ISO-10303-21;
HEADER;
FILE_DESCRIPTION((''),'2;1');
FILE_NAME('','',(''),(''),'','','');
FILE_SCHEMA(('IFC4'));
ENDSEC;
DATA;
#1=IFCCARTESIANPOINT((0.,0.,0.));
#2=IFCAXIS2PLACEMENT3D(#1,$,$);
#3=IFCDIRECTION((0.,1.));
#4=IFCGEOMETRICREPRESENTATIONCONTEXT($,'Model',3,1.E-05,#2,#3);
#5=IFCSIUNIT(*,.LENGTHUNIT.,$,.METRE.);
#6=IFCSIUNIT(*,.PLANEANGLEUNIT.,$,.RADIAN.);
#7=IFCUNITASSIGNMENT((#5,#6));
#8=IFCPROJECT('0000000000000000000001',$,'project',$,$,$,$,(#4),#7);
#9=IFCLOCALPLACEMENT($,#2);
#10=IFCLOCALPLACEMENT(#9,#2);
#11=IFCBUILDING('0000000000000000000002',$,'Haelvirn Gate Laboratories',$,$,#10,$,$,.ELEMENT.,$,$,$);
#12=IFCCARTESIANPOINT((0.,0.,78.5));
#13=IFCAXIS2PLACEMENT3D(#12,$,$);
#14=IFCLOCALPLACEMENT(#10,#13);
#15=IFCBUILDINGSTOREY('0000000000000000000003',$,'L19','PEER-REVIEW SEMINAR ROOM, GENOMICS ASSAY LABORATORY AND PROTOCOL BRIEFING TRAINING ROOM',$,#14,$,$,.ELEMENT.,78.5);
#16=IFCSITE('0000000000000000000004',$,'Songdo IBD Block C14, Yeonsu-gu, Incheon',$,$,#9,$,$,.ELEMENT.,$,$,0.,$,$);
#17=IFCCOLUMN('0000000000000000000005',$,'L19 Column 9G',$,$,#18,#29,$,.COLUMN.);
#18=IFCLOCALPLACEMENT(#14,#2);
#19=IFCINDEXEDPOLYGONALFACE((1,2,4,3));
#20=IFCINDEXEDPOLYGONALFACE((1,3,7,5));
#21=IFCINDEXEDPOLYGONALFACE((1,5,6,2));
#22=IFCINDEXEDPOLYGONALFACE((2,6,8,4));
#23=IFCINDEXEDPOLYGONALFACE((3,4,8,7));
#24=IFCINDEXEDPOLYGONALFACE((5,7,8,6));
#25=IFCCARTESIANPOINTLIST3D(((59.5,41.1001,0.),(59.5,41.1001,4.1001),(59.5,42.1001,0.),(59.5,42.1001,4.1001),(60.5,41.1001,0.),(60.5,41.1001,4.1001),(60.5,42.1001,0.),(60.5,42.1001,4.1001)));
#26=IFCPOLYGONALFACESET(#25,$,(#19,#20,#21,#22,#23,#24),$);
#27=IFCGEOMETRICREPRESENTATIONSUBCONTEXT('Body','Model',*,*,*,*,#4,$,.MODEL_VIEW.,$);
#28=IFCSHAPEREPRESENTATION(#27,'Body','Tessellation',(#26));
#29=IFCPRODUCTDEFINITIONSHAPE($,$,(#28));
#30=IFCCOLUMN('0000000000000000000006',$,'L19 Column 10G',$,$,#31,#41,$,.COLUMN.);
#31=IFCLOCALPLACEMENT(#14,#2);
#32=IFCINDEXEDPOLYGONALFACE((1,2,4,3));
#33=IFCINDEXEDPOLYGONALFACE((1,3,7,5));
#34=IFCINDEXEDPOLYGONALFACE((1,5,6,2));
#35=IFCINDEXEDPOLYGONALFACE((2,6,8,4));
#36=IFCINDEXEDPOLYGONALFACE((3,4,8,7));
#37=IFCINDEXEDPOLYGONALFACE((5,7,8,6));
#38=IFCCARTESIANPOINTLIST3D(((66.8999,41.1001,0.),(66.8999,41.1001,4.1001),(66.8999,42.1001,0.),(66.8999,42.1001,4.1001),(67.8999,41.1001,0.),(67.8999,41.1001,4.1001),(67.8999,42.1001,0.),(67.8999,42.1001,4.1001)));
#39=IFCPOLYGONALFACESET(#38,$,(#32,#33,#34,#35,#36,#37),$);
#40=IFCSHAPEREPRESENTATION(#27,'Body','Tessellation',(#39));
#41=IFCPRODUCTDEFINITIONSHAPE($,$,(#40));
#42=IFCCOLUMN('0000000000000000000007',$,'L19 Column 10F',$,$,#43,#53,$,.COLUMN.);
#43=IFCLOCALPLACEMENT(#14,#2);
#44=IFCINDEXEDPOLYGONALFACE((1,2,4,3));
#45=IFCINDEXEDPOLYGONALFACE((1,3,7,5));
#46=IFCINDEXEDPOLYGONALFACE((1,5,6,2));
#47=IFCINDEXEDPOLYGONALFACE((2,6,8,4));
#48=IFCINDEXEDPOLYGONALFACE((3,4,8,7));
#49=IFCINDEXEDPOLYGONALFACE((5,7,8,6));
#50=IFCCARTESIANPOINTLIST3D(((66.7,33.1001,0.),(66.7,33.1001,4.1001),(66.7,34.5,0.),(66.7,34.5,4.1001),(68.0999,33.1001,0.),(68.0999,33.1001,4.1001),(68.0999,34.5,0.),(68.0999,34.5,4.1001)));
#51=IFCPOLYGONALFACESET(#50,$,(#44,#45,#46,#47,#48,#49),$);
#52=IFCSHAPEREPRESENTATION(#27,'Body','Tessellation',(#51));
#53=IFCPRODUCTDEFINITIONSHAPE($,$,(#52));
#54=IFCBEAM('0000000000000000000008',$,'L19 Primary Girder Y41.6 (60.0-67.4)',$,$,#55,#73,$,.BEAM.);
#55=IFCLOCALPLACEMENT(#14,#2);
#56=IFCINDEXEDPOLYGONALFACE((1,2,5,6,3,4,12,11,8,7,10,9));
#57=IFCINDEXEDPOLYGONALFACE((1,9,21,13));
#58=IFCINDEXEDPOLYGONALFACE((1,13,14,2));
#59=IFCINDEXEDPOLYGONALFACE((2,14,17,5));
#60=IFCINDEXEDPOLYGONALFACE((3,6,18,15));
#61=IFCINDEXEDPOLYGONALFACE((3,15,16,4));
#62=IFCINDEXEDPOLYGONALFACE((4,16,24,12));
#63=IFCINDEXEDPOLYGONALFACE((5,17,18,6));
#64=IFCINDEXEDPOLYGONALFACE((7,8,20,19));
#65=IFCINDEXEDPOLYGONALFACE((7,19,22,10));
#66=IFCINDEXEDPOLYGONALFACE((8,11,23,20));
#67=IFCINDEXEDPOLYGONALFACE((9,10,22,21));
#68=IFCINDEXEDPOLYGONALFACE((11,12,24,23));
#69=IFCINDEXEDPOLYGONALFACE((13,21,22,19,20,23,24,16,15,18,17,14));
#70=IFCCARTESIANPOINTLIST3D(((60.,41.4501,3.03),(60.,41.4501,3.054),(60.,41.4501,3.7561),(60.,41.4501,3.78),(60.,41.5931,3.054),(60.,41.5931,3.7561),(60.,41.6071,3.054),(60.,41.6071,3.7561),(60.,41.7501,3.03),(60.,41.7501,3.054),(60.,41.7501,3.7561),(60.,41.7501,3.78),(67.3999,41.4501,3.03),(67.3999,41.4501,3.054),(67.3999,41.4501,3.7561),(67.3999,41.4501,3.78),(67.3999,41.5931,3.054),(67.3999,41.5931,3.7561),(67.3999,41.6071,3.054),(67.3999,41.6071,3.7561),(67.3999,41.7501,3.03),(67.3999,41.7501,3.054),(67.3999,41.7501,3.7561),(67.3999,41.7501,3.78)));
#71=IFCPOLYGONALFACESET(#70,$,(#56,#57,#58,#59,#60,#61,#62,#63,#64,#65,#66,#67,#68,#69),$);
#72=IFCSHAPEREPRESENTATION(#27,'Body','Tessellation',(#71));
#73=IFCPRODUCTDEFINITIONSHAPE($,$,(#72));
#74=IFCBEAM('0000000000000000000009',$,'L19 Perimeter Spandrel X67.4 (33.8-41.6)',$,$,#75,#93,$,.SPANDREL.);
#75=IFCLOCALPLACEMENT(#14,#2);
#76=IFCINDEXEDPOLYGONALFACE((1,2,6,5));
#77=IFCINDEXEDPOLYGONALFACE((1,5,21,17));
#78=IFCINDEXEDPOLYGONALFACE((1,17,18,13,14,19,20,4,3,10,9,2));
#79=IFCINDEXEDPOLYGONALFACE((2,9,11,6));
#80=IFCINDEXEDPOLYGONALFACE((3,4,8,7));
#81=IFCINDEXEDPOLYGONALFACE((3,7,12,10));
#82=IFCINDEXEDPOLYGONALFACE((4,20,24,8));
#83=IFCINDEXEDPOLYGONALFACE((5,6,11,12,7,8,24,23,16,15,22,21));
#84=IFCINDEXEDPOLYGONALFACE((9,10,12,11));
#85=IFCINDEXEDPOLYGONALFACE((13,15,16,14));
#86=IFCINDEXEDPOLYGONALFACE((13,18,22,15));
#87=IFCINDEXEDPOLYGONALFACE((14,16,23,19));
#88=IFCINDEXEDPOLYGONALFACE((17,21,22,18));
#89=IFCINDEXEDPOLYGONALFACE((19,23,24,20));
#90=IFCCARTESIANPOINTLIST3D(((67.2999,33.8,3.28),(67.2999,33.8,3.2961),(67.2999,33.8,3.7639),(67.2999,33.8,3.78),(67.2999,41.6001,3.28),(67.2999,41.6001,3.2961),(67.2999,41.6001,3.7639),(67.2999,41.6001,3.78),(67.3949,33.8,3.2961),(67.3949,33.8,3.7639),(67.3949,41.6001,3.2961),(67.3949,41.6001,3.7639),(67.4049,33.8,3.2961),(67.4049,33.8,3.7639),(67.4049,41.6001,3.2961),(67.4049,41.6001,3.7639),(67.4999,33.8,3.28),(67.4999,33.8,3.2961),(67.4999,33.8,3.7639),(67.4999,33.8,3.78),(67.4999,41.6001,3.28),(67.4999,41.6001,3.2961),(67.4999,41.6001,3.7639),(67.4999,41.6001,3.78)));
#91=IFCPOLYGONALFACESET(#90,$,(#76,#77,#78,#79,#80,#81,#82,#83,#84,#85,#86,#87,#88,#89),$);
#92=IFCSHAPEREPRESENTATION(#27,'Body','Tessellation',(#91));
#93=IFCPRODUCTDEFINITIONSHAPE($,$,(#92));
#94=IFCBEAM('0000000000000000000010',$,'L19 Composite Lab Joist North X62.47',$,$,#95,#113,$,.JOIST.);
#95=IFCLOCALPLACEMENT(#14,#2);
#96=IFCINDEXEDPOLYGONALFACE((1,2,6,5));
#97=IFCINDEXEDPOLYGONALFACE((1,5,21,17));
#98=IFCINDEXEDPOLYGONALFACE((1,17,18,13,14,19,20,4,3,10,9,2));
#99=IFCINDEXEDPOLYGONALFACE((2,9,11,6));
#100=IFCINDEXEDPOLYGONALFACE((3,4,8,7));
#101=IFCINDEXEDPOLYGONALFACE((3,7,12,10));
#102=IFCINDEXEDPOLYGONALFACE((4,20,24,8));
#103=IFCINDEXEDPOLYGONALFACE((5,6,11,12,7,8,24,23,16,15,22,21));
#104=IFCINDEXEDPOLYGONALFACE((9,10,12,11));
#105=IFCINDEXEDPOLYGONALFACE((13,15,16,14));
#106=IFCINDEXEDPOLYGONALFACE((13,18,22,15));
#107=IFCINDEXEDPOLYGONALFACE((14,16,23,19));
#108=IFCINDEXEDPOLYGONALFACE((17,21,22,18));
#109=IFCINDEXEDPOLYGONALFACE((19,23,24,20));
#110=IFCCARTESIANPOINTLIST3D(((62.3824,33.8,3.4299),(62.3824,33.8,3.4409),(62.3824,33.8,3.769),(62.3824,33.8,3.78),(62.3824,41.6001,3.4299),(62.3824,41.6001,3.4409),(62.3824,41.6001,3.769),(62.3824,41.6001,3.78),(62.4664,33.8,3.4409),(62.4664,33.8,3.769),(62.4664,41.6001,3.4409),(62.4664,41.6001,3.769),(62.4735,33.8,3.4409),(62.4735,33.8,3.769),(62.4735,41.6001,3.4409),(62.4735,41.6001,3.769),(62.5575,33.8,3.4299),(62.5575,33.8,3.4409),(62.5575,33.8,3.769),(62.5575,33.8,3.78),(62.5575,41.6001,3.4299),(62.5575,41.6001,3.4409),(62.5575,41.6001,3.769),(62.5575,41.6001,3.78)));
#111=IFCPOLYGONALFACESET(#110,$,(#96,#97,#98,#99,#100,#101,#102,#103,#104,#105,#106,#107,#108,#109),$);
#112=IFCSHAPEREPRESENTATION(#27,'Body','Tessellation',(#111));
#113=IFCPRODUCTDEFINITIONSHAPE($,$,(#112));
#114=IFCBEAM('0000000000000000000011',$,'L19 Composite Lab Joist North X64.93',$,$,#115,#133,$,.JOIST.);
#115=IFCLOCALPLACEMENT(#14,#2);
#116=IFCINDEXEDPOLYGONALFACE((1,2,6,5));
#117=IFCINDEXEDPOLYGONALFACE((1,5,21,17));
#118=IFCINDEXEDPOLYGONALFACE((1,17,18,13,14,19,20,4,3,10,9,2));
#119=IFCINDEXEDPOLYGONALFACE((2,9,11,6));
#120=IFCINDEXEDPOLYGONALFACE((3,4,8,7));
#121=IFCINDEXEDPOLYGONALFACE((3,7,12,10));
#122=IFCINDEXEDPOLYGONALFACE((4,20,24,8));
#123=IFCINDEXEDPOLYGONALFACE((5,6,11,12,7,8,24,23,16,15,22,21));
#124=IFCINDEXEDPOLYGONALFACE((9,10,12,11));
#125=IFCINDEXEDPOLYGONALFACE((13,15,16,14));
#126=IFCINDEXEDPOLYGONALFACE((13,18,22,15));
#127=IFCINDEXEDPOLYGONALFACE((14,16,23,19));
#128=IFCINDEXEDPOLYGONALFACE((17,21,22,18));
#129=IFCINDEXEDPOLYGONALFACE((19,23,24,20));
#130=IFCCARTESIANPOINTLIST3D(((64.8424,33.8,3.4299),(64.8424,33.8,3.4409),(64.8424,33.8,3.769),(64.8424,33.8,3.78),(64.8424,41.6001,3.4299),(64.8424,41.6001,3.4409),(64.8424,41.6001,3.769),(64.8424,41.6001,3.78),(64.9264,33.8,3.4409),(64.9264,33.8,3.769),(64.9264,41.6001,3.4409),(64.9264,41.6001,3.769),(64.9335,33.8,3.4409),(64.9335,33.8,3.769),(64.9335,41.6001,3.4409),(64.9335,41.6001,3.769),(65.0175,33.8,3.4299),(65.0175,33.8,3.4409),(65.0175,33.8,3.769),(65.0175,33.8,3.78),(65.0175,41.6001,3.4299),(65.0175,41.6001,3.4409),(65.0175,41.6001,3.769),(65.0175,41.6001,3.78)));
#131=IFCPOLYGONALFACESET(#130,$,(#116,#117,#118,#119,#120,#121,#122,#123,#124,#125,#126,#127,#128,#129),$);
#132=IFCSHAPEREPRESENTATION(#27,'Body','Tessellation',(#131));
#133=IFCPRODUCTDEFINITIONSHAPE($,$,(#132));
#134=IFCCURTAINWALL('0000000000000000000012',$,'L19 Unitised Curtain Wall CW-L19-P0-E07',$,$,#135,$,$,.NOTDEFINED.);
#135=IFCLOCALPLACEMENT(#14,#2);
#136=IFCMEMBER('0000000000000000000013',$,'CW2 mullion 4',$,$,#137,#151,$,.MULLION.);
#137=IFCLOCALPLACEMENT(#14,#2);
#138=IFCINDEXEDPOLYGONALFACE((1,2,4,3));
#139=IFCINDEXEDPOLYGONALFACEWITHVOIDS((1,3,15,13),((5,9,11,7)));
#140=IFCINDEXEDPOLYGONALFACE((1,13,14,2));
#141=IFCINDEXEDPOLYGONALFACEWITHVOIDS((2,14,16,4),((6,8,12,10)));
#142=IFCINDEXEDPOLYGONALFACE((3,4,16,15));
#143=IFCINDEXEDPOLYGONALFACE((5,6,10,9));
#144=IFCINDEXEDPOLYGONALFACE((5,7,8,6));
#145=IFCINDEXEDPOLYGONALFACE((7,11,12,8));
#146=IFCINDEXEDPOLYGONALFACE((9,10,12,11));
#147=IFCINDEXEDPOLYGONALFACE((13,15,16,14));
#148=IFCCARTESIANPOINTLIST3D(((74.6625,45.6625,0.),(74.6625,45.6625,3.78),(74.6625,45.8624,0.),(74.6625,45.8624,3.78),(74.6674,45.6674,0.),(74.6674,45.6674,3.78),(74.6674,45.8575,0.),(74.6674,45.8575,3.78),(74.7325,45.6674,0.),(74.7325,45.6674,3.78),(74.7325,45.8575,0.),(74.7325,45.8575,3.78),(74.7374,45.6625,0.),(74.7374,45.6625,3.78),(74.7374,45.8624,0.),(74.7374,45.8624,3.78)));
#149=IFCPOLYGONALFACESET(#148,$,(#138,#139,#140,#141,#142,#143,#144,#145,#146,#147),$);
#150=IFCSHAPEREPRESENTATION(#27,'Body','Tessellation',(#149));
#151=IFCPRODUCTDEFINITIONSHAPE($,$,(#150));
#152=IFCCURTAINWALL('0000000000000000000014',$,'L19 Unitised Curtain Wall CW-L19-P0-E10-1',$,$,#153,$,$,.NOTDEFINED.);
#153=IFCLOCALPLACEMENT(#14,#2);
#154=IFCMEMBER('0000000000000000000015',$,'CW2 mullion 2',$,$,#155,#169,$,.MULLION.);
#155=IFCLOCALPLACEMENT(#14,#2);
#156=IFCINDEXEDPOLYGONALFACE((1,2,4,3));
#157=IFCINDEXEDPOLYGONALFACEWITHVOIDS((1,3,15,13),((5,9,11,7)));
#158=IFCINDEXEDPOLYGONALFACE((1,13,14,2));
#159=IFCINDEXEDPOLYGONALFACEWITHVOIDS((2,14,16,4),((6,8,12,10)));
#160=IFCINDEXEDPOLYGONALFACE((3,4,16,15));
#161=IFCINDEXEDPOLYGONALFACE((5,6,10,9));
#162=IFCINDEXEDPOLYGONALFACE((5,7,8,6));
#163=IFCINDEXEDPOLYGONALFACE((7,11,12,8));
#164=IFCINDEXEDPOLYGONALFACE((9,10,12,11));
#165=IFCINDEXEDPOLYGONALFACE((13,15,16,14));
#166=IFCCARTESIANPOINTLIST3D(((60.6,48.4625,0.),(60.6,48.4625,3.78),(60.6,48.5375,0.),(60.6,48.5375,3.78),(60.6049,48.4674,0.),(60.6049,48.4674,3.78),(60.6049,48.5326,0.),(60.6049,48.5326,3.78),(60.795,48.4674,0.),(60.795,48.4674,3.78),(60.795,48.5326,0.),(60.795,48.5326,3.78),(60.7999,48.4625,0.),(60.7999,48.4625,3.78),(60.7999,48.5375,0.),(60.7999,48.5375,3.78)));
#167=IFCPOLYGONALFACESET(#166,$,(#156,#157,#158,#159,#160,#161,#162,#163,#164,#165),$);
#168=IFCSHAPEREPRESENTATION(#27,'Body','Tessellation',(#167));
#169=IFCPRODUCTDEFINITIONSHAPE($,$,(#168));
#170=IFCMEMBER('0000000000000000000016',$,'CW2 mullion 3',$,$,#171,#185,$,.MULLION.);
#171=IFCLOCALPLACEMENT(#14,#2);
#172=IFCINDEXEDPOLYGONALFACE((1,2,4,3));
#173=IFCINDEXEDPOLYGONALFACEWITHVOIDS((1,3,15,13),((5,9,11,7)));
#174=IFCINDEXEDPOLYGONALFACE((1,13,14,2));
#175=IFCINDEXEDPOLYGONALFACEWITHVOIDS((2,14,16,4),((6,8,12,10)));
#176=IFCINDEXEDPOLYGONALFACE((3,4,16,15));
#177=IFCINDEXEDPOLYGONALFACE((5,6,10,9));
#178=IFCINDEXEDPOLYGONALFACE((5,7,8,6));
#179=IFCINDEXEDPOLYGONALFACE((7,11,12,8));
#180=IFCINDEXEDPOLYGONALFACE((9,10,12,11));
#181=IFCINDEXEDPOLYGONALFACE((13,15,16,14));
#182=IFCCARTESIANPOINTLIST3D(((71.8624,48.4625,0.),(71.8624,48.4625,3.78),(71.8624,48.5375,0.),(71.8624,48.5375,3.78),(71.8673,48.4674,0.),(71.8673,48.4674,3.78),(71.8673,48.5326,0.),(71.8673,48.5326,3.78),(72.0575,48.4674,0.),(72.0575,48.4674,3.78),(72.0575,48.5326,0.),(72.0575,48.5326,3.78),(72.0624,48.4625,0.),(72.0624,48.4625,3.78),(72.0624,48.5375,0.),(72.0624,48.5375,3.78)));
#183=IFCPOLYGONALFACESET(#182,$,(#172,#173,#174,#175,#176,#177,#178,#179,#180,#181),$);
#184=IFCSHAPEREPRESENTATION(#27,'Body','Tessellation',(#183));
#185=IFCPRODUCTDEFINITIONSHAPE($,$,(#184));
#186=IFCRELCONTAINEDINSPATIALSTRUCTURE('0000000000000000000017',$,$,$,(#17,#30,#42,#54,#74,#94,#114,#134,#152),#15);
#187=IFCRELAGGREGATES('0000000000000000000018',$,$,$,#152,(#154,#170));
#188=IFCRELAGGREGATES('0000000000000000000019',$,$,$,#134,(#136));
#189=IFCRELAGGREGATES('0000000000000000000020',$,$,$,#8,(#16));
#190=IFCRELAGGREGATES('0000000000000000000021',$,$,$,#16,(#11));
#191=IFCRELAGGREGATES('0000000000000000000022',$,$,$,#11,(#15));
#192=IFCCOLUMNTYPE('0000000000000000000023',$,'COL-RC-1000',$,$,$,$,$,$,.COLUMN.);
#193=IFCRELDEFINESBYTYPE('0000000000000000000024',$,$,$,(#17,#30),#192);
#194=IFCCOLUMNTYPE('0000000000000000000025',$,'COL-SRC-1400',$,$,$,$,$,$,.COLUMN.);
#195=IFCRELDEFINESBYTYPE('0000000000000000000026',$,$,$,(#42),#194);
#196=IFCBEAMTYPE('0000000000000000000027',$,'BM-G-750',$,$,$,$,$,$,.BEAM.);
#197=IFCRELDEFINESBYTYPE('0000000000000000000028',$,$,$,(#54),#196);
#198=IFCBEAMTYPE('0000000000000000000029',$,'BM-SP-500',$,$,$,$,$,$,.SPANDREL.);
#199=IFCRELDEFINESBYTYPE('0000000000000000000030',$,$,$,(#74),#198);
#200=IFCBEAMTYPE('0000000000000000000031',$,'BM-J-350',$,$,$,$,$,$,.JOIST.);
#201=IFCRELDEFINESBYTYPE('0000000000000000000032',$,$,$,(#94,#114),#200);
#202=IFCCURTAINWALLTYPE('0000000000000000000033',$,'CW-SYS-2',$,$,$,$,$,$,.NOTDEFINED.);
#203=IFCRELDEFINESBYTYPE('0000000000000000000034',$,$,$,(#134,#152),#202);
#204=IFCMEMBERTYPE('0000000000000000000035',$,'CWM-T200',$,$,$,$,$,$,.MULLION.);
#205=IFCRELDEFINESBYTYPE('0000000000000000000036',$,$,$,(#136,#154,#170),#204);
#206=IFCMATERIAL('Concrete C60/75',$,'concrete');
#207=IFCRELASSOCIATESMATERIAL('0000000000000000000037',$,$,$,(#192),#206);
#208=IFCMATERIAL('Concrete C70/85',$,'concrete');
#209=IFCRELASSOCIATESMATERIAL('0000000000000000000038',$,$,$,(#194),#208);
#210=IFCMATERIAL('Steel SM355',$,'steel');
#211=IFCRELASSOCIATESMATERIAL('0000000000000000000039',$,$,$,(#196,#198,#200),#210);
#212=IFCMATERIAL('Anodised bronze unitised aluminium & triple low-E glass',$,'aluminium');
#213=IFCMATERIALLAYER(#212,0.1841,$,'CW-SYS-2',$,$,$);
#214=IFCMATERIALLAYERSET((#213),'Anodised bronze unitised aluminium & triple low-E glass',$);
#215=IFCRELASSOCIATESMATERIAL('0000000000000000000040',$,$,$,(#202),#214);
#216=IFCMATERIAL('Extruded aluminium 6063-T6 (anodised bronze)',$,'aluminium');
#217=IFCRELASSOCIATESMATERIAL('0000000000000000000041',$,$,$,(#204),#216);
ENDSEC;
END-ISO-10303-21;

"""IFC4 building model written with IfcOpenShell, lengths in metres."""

from ifc_helpers import new_model, si_unit, direction, frame, origin, origin_2d, place, context, subcontext, project, spatial, rectangle, hollow_rectangle, i_section, extrude, source, transform, mapped, material, layer, layer_set, material_profile, profile_set, type_object, type_shapes, element, aggregate, save


model = new_model("IFC4")

# Units and contexts
model_context = context("Model", 3, precision=1e-05, world=origin(), true_north=direction((0.0, 1.0)))
body_context = subcontext(model_context, "Body", "Model", "MODEL_VIEW")
ifc_project = project(units=[si_unit("LENGTHUNIT", "METRE"), si_unit("PLANEANGLEUNIT", "RADIAN")], contexts=[model_context])

# Site, building, storey
site_placement = place(None, origin())
site = spatial("IfcSite", under=ifc_project, at=site_placement, Name="Songdo IBD Block C14, Yeonsu-gu, Incheon", CompositionType="ELEMENT", RefElevation=0.0)
building_placement = place(site_placement, origin())
building = spatial("IfcBuilding", under=site, at=building_placement, Name="Haelvirn Gate Laboratories", CompositionType="ELEMENT")
storey_placement = place(building_placement, frame((0.0, 0.0, 78.5)))
storey = spatial("IfcBuildingStorey", under=building, at=storey_placement, Name="L19", Description="PEER-REVIEW SEMINAR ROOM, GENOMICS ASSAY LABORATORY AND PROTOCOL BRIEFING TRAINING ROOM", CompositionType="ELEMENT", Elevation=78.5)

# Columns
ifc_material_1 = material(Name="Concrete C60/75", Category="concrete")
ifc_material_profile_1 = material_profile(ifc_material_1, rectangle(XDim=1.0, YDim=1.0, at=origin_2d()), Name="RC-1000x1000")
ifc_profile_set_1 = profile_set([ifc_material_profile_1], Name="Concrete C60/75")
column_type_1 = type_object("IfcColumnType", Name="COL-RC-1000", PredefinedType="COLUMN", material=ifc_profile_set_1)
shared_shape_1 = source(origin(), body_context, "Body", "SweptSolid", [
    extrude(rectangle(XDim=1.0, YDim=1.0, at=origin_2d()), origin(), (0.0, 0.0, 1.0), 4.1001),
])
type_shapes(column_type_1, [shared_shape_1])
for number, where, z_axis, x_axis, name in (
    (1, (60.0, 41.6001, 0.0), (0.0, 0.0, 1.0), (1.0, 0.0, 0.0), "L19 Column 9G"),
    (2, (67.3999, 41.6001, 0.0), (0.0, 0.0, 1.0), (1.0, 0.0, 0.0), "L19 Column 10G"),
):
    element("IfcColumn", number, at=place(storey_placement, frame(where, z_axis=z_axis, x_axis=x_axis)), inside=storey, type_object=column_type_1, Name=name, PredefinedType="COLUMN", context=body_context, shape_type="MappedRepresentation", body=[
        mapped(shared_shape_1, transform((0.0, 0.0, 0.0), scale=1.0)),
    ])
ifc_material_2 = material(Name="Concrete C70/85", Category="concrete")
ifc_material_profile_2 = material_profile(ifc_material_2, rectangle(XDim=1.3999, YDim=1.3999, at=origin_2d()), Name="SRC-1400x1400")
ifc_profile_set_2 = profile_set([ifc_material_profile_2], Name="Concrete C70/85")
column_type_2 = type_object("IfcColumnType", Name="COL-SRC-1400", PredefinedType="COLUMN", material=ifc_profile_set_2)
shared_shape_2 = source(origin(), body_context, "Body", "SweptSolid", [
    extrude(rectangle(XDim=1.3999, YDim=1.3999, at=origin_2d()), origin(), (0.0, 0.0, 1.0), 4.1001),
])
type_shapes(column_type_2, [shared_shape_2])
column_placement = place(storey_placement, frame((67.3999, 33.8, 0.0), z_axis=(0.0, 0.0, 1.0), x_axis=(1.0, 0.0, 0.0)))
element("IfcColumn", 3, at=column_placement, inside=storey, type_object=column_type_2, Name="L19 Column 10F", PredefinedType="COLUMN", context=body_context, shape_type="MappedRepresentation", body=[
    mapped(shared_shape_2, transform((0.0, 0.0, 0.0), scale=1.0)),
])

# Beams
ifc_material_3 = material(Name="Steel SM355", Category="steel")
ifc_material_profile_3 = material_profile(ifc_material_3, i_section(OverallWidth=0.3, OverallDepth=0.75, WebThickness=0.0139, FlangeThickness=0.0239, at=origin_2d()), Name="H-750x300x14x24")
ifc_profile_set_3 = profile_set([ifc_material_profile_3], Name="Steel SM355")
beam_type_1 = type_object("IfcBeamType", Name="BM-G-750", PredefinedType="BEAM", material=ifc_profile_set_3)
shared_shape_3 = source(origin(), body_context, "Body", "SweptSolid", [
    extrude(i_section(OverallWidth=0.3, OverallDepth=0.75, WebThickness=0.0139, FlangeThickness=0.0239, at=origin_2d()), origin(), (0.0, 0.0, 1.0), 7.3999),
])
type_shapes(beam_type_1, [shared_shape_3])
beam_1_placement = place(storey_placement, frame((60.0, 41.6001, 3.405), z_axis=(1.0, 0.0, 0.0), x_axis=(0.0, 1.0, 0.0)))
element("IfcBeam", 4, at=beam_1_placement, inside=storey, type_object=beam_type_1, Name="L19 Primary Girder Y41.6 (60.0-67.4)", PredefinedType="BEAM", context=body_context, shape_type="MappedRepresentation", body=[
    mapped(shared_shape_3, transform((0.0, 0.0, 0.0), scale=1.0)),
])
ifc_material_profile_4 = material_profile(ifc_material_3, i_section(OverallWidth=0.2, OverallDepth=0.5, WebThickness=0.01, FlangeThickness=0.0161, at=origin_2d()), Name="H-500x200x10x16")
ifc_profile_set_4 = profile_set([ifc_material_profile_4], Name="Steel SM355")
beam_type_2 = type_object("IfcBeamType", Name="BM-SP-500", PredefinedType="SPANDREL", material=ifc_profile_set_4)
shared_shape_4 = source(origin(), body_context, "Body", "SweptSolid", [
    extrude(i_section(OverallWidth=0.2, OverallDepth=0.5, WebThickness=0.01, FlangeThickness=0.0161, at=origin_2d()), origin(), (0.0, 0.0, 1.0), 7.8),
])
type_shapes(beam_type_2, [shared_shape_4])
beam_2_placement = place(storey_placement, frame((67.3999, 33.8, 3.53), z_axis=(0.0, 1.0, 0.0), x_axis=(-1.0, 0.0, 0.0)))
element("IfcBeam", 5, at=beam_2_placement, inside=storey, type_object=beam_type_2, Name="L19 Perimeter Spandrel X67.4 (33.8-41.6)", PredefinedType="SPANDREL", context=body_context, shape_type="MappedRepresentation", body=[
    mapped(shared_shape_4, transform((0.0, 0.0, 0.0), scale=1.0)),
])
ifc_material_profile_5 = material_profile(ifc_material_3, i_section(OverallWidth=0.175, OverallDepth=0.3501, WebThickness=0.0071, FlangeThickness=0.011, at=origin_2d()), Name="H-350x175x7x11")
ifc_profile_set_5 = profile_set([ifc_material_profile_5], Name="Steel SM355")
beam_type_3 = type_object("IfcBeamType", Name="BM-J-350", PredefinedType="JOIST", material=ifc_profile_set_5)
shared_shape_5 = source(origin(), body_context, "Body", "SweptSolid", [
    extrude(i_section(OverallWidth=0.175, OverallDepth=0.3501, WebThickness=0.0071, FlangeThickness=0.011, at=origin_2d()), origin(), (0.0, 0.0, 1.0), 7.8),
])
type_shapes(beam_type_3, [shared_shape_5])
for number, where, z_axis, x_axis, name in (
    (6, (62.47, 33.8, 3.605), (0.0, 1.0, 0.0), (-1.0, 0.0, 0.0), "L19 Composite Lab Joist North X62.47"),
    (7, (64.9299, 33.8, 3.605), (0.0, 1.0, 0.0), (-1.0, 0.0, 0.0), "L19 Composite Lab Joist North X64.93"),
):
    element("IfcBeam", number, at=place(storey_placement, frame(where, z_axis=z_axis, x_axis=x_axis)), inside=storey, type_object=beam_type_3, Name=name, PredefinedType="JOIST", context=body_context, shape_type="MappedRepresentation", body=[
        mapped(shared_shape_5, transform((0.0, 0.0, 0.0), scale=1.0)),
    ])

# Curtain wall, member
ifc_material_4 = material(Name="Anodised bronze unitised aluminium & triple low-E glass", Category="aluminium")
ifc_layer_1 = layer(ifc_material_4, 0.1841, Name="CW-SYS-2")
ifc_layer_set_1 = layer_set([ifc_layer_1], Name="Anodised bronze unitised aluminium & triple low-E glass")
curtain_wall_type_1 = type_object("IfcCurtainWallType", Name="CW-SYS-2", PredefinedType="NOTDEFINED", material=ifc_layer_set_1)
curtain_wall_1_placement = place(storey_placement, origin())
curtain_wall_1 = element("IfcCurtainWall", 8, at=curtain_wall_1_placement, inside=storey, type_object=curtain_wall_type_1, Name="L19 Unitised Curtain Wall CW-L19-P0-E07", PredefinedType="NOTDEFINED")
ifc_material_5 = material(Name="Extruded aluminium 6063-T6 (anodised bronze)", Category="aluminium")
ifc_material_profile_6 = material_profile(ifc_material_5, hollow_rectangle(XDim=0.075, YDim=0.2, WallThickness=0.0049, at=origin_2d()), Name="CWM-200x75x5")
ifc_profile_set_6 = profile_set([ifc_material_profile_6], Name="Extruded aluminium 6063-T6 (anodised bronze)")
member_type_1 = type_object("IfcMemberType", Name="CWM-T200", PredefinedType="MULLION", material=ifc_profile_set_6)
shared_shape_6 = source(origin(), body_context, "Body", "SweptSolid", [
    extrude(hollow_rectangle(XDim=0.075, YDim=0.2, WallThickness=0.0049, at=origin_2d()), origin(), (0.0, 0.0, 1.0), 3.78),
])
type_shapes(member_type_1, [shared_shape_6])
member_1_placement = place(storey_placement, frame((74.7, 45.7625, 0.0), z_axis=(0.0, 0.0, 1.0), x_axis=(-1.0, 0.0, 0.0)))
member_1 = element("IfcMember", 9, at=member_1_placement, type_object=member_type_1, Name="CW2 mullion 4", PredefinedType="MULLION", context=body_context, shape_type="MappedRepresentation", body=[
    mapped(shared_shape_6, transform((0.0, 0.0, 0.0), scale=1.0)),
])

# Curtain wall, members
curtain_wall_2_placement = place(storey_placement, origin())
curtain_wall_2 = element("IfcCurtainWall", 10, at=curtain_wall_2_placement, inside=storey, type_object=curtain_wall_type_1, Name="L19 Unitised Curtain Wall CW-L19-P0-E10-1", PredefinedType="NOTDEFINED")
member_2_placement = place(storey_placement, frame((60.7, 48.5, 0.0), z_axis=(0.0, 0.0, 1.0), x_axis=(0.0, 1.0, 0.0)))
member_2 = element("IfcMember", 11, at=member_2_placement, type_object=member_type_1, Name="CW2 mullion 2", PredefinedType="MULLION", context=body_context, shape_type="MappedRepresentation", body=[
    mapped(shared_shape_6, transform((0.0, 0.0, 0.0), scale=1.0)),
])
member_3_placement = place(storey_placement, frame((71.9624, 48.5, 0.0), z_axis=(0.0, 0.0, 1.0), x_axis=(0.0, 1.0, 0.0)))
member_3 = element("IfcMember", 12, at=member_3_placement, type_object=member_type_1, Name="CW2 mullion 3", PredefinedType="MULLION", context=body_context, shape_type="MappedRepresentation", body=[
    mapped(shared_shape_6, transform((0.0, 0.0, 0.0), scale=1.0)),
])

aggregate(curtain_wall_2, [member_2, member_3])
aggregate(curtain_wall_1, [member_1])

save(model, "model.ifc")
